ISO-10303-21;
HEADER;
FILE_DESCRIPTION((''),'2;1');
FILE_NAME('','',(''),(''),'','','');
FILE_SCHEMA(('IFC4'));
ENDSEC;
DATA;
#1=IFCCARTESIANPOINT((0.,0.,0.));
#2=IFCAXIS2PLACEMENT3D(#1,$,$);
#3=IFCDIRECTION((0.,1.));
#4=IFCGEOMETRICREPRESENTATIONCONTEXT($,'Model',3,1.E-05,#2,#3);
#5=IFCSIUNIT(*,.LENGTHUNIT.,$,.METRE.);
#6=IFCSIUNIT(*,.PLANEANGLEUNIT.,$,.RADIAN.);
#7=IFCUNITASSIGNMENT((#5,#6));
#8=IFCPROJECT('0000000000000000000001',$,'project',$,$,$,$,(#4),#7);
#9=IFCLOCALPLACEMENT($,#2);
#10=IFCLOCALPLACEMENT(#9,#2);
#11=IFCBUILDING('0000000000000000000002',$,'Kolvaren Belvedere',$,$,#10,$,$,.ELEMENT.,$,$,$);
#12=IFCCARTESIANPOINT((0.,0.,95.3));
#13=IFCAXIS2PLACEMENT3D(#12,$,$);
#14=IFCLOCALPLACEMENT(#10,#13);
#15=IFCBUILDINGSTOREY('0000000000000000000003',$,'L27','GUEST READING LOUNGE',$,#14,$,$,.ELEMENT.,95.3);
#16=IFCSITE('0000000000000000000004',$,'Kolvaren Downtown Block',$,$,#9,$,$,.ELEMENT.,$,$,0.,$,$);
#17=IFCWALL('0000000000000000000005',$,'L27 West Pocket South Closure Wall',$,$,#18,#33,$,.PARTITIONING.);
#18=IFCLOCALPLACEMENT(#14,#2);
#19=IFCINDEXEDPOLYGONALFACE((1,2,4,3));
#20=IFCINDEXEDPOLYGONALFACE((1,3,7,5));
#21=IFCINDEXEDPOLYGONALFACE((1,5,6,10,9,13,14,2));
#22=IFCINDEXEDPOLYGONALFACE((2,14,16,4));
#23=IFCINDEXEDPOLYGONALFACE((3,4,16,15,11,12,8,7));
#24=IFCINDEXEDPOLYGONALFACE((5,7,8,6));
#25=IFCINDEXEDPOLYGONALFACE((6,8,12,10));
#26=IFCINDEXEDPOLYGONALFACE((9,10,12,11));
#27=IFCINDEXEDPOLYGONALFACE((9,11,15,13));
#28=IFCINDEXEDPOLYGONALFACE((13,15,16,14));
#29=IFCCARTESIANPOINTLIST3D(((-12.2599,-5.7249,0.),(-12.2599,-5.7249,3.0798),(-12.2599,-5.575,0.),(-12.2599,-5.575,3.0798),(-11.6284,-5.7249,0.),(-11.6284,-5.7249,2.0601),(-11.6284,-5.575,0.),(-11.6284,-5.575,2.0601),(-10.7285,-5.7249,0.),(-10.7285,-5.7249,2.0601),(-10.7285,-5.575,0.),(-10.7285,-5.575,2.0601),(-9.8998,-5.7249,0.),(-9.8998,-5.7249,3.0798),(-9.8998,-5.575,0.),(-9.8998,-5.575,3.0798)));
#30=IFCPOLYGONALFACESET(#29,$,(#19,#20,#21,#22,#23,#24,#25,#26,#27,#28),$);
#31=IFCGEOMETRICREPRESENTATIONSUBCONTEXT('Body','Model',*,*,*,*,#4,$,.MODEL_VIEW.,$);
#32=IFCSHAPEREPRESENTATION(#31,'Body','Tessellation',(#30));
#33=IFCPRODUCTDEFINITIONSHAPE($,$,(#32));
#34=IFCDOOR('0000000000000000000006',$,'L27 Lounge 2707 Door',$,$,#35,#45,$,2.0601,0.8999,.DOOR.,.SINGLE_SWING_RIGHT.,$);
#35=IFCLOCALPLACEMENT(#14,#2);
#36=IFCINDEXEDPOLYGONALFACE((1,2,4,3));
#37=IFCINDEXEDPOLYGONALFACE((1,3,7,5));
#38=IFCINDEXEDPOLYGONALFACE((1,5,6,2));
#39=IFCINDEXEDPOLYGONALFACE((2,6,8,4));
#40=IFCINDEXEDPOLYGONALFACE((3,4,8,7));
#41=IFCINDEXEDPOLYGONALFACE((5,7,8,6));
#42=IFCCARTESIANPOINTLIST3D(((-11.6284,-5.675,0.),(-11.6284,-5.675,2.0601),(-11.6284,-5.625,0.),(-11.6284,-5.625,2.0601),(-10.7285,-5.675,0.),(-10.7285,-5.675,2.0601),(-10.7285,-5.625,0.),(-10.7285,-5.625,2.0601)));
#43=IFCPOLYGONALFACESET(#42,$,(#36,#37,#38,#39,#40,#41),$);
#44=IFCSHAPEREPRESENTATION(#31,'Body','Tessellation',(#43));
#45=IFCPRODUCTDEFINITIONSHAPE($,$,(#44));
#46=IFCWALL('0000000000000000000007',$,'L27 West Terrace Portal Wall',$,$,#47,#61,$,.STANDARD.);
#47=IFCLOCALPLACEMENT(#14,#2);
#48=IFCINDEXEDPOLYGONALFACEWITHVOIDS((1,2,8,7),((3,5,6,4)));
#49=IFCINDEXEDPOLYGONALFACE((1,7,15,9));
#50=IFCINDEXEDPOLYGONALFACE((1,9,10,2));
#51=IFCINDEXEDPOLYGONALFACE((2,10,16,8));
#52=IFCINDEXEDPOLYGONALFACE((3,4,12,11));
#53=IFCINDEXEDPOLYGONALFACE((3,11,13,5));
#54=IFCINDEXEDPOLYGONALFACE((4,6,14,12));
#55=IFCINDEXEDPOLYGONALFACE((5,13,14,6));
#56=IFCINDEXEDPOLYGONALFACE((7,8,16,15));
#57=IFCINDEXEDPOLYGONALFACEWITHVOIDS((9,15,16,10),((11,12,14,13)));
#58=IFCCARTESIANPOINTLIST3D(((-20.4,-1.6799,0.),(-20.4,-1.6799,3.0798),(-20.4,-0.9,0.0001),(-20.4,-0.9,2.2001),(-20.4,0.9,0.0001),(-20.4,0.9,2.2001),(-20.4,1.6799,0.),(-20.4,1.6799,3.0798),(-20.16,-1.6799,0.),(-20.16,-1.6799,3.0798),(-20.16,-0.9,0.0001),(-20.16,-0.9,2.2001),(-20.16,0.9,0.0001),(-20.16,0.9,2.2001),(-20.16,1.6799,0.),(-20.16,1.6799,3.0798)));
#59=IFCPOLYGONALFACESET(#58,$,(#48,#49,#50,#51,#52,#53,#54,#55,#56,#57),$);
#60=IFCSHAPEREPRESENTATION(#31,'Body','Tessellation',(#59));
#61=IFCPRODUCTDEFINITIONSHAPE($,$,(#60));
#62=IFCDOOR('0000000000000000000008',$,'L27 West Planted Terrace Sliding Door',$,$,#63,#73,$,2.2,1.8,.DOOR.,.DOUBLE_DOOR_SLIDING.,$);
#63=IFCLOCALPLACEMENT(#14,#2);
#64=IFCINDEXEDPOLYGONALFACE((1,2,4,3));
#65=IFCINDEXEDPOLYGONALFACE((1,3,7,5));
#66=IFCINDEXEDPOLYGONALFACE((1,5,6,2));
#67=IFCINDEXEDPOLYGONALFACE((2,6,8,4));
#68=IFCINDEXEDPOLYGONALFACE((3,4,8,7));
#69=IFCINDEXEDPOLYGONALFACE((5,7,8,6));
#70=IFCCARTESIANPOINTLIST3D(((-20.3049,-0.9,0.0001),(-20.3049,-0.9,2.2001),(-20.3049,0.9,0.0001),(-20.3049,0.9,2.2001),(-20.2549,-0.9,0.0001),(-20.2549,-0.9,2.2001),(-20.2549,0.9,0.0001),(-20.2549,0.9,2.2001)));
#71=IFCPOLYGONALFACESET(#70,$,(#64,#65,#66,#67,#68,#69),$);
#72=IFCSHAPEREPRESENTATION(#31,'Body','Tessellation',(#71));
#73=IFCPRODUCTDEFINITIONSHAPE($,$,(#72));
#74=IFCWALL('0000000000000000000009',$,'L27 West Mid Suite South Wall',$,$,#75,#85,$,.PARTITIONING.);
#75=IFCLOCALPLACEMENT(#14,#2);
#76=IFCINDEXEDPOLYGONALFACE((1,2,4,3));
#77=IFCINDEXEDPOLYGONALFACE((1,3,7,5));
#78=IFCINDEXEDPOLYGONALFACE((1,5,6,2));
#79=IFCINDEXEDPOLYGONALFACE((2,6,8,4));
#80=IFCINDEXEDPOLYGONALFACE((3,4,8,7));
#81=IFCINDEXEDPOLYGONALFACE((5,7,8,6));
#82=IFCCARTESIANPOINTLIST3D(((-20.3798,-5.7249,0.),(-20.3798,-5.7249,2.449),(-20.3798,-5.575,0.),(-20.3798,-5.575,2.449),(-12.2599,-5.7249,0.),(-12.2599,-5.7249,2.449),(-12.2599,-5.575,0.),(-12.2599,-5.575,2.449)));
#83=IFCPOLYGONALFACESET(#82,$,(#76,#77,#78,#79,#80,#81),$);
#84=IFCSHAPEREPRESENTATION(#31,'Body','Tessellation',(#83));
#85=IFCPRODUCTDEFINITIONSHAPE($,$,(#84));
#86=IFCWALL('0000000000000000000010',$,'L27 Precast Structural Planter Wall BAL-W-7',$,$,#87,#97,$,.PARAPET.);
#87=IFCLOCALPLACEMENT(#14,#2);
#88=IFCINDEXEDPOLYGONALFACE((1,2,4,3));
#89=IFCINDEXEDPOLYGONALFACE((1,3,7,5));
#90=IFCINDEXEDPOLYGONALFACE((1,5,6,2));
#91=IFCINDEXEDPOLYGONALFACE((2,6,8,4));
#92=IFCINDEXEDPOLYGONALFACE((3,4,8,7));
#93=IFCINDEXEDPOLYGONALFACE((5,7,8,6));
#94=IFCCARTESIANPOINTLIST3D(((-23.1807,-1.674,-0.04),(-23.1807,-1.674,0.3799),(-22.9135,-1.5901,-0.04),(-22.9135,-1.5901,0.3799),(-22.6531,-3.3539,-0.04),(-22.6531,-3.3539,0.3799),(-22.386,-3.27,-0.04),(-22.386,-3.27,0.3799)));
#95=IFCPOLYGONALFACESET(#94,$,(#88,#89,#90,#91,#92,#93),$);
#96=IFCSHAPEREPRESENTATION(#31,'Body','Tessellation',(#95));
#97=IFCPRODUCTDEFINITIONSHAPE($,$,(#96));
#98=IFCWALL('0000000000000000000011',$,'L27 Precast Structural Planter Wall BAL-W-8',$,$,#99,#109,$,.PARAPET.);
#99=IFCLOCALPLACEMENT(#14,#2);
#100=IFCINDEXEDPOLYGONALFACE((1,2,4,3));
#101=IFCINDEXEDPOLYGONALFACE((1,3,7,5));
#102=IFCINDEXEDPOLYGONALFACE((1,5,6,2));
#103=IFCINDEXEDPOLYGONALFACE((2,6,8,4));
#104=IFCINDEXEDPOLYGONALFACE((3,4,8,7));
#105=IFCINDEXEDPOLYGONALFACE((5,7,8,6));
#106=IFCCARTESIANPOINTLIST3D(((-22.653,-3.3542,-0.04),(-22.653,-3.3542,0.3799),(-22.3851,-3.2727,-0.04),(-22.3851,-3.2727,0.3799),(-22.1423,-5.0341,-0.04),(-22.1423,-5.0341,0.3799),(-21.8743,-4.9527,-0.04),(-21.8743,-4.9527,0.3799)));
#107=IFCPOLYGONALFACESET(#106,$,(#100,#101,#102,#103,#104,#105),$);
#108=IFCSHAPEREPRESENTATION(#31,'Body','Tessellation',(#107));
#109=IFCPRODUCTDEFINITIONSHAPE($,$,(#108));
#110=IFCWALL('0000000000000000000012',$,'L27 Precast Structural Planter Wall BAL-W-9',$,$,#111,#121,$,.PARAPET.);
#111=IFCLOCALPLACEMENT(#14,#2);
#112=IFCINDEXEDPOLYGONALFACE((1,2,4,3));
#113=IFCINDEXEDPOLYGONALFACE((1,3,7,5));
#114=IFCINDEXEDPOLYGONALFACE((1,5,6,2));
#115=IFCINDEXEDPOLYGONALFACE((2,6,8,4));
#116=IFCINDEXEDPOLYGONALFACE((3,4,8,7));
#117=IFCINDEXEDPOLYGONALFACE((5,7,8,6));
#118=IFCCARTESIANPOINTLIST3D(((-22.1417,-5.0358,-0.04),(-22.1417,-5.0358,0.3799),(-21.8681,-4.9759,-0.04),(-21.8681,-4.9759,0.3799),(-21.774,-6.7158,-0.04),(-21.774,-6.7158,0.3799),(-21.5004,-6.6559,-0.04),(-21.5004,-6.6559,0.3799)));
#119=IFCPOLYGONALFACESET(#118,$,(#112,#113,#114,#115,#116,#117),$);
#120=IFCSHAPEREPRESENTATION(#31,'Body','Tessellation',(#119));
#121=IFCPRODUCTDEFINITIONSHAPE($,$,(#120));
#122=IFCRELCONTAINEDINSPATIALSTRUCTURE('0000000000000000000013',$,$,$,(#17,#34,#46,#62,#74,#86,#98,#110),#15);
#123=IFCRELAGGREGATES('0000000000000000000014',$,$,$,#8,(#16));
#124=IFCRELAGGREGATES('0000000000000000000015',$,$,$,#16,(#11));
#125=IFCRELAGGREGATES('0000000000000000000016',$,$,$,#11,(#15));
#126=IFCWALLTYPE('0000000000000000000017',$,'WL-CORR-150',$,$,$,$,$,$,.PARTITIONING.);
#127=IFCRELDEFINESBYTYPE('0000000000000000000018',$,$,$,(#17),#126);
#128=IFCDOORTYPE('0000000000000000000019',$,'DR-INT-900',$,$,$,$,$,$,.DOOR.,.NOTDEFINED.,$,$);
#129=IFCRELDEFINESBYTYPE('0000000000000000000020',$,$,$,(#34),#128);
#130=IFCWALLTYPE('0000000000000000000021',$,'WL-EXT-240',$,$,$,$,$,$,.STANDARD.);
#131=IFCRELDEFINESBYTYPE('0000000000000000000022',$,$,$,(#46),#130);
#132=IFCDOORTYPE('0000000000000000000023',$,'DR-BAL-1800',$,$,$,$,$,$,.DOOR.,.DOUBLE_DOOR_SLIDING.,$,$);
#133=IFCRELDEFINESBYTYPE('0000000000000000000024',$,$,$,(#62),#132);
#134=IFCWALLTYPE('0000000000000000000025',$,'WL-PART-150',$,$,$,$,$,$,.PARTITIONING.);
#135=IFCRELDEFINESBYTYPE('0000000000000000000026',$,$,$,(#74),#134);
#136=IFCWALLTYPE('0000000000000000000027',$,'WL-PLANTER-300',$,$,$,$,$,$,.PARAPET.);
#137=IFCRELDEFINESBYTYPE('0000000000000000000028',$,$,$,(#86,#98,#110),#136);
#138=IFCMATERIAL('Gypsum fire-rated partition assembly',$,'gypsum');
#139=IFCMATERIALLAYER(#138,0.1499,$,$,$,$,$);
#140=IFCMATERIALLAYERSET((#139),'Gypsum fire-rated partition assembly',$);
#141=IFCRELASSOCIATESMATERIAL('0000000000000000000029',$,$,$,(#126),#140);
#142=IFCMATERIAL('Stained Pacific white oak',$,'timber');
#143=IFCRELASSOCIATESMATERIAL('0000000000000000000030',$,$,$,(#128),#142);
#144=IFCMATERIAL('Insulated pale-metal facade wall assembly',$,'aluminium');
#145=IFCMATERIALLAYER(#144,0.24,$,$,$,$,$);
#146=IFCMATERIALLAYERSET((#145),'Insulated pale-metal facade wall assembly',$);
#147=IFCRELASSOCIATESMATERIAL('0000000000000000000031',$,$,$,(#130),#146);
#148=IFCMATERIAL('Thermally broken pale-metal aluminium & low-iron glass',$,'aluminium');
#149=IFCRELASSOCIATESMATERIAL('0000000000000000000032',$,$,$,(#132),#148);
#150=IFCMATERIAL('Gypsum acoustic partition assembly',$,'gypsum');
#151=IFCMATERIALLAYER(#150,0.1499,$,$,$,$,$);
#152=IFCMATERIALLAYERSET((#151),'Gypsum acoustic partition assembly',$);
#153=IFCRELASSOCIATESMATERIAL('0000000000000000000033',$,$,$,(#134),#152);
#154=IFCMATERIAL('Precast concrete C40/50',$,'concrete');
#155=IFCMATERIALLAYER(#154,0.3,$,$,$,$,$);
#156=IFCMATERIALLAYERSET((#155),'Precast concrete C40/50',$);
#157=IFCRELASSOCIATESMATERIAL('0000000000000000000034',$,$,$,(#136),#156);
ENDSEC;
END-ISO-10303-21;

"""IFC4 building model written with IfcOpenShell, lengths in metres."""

from ifc_helpers import new_model, si_unit, direction, frame, frame_2d, origin, place, context, subcontext, project, spatial, rectangle, extrude, material, layer, layer_set, type_object, element, fill, save


model = new_model("IFC4")

# Units and contexts
model_context = context("Model", 3, precision=1e-05, world=origin(), true_north=direction((0.0, 1.0)))
body_context = subcontext(model_context, "Body", "Model", "MODEL_VIEW")
ifc_project = project(units=[si_unit("LENGTHUNIT", "METRE"), si_unit("PLANEANGLEUNIT", "RADIAN")], contexts=[model_context])

# Site, building, storey
site_placement = place(None, origin())
site = spatial("IfcSite", under=ifc_project, at=site_placement, Name="Kolvaren Downtown Block", CompositionType="ELEMENT", RefElevation=0.0)
building_placement = place(site_placement, origin())
building = spatial("IfcBuilding", under=site, at=building_placement, Name="Kolvaren Belvedere", CompositionType="ELEMENT")
storey_placement = place(building_placement, frame((0.0, 0.0, 95.3)))
storey = spatial("IfcBuildingStorey", under=building, at=storey_placement, Name="L27", Description="GUEST READING LOUNGE", CompositionType="ELEMENT", Elevation=95.3)

# Walls, openings, doors
ifc_material_1 = material(Name="Gypsum fire-rated partition assembly", Category="gypsum")
ifc_layer_1 = layer(ifc_material_1, 0.1499)
ifc_layer_set_1 = layer_set([ifc_layer_1], Name="Gypsum fire-rated partition assembly")
wall_type_1 = type_object("IfcWallType", Name="WL-CORR-150", PredefinedType="PARTITIONING", material=ifc_layer_set_1)
ifc_material_2 = material(Name="Stained Pacific white oak", Category="timber")
door_type_1 = type_object("IfcDoorType", Name="DR-INT-900", OperationType="NOTDEFINED", PredefinedType="DOOR", material=ifc_material_2)
wall_1_placement = place(storey_placement, frame((-12.26, -5.6499, 0.0), z_axis=(0.0, 0.0, 1.0), x_axis=(1.0, 0.0, 0.0)))
wall_1 = element("IfcWall", 1, at=wall_1_placement, inside=storey, type_object=wall_type_1, Name="L27 West Pocket South Closure Wall", PredefinedType="PARTITIONING", context=body_context, shape_type="SweptSolid", body=[
    extrude(rectangle(XDim=2.3601, YDim=0.1499, at=frame_2d((1.1802, 0.0))), origin(), (0.0, 0.0, 1.0), 3.0798),
])
opening_1_placement = place(wall_1_placement, frame((0.6316, 0.0, 0.0)))
opening_1 = element("IfcOpeningElement", 2, at=opening_1_placement, cuts=wall_1, PredefinedType="OPENING", context=body_context, shape_type="SweptSolid", body=[
    extrude(rectangle(XDim=0.8999, YDim=2.0601, at=frame_2d((0.45, 1.03))), frame((0.0, 0.085, 0.0), z_axis=(0.0, -1.0, 0.0), x_axis=(1.0, 0.0, 0.0)), (0.0, 0.0, 1.0), 0.1699),
])
door_1_placement = place(opening_1_placement, origin())
door_1 = element("IfcDoor", 3, at=door_1_placement, inside=storey, type_object=door_type_1, Name="L27 Lounge 2707 Door", OperationType="SINGLE_SWING_RIGHT", OverallHeight=2.0601, OverallWidth=0.8999, PredefinedType="DOOR", context=body_context, shape_type="SweptSolid", body=[
    extrude(rectangle(XDim=0.8999, YDim=2.0601, at=frame_2d((0.45, 1.03))), frame((0.0, 0.0249, 0.0), z_axis=(0.0, -1.0, 0.0), x_axis=(1.0, 0.0, 0.0)), (0.0, 0.0, 1.0), 0.05),
])
fill(opening_1, door_1)
ifc_material_3 = material(Name="Insulated pale-metal facade wall assembly", Category="aluminium")
ifc_layer_2 = layer(ifc_material_3, 0.24)
ifc_layer_set_2 = layer_set([ifc_layer_2], Name="Insulated pale-metal facade wall assembly")
wall_type_2 = type_object("IfcWallType", Name="WL-EXT-240", PredefinedType="STANDARD", material=ifc_layer_set_2)
wall_2_placement = place(storey_placement, frame((-20.28, -1.6799, 0.0), z_axis=(0.0, 0.0, 1.0), x_axis=(0.0, 1.0, 0.0)))
wall_2 = element("IfcWall", 4, at=wall_2_placement, inside=storey, type_object=wall_type_2, Name="L27 West Terrace Portal Wall", PredefinedType="STANDARD", context=body_context, shape_type="SweptSolid", body=[
    extrude(rectangle(XDim=3.3599, YDim=0.24, at=frame_2d((1.6799, 0.0))), origin(), (0.0, 0.0, 1.0), 3.0798),
])
opening_2_placement = place(wall_2_placement, frame((0.78, 0.0, 0.0)))
opening_2 = element("IfcOpeningElement", 5, at=opening_2_placement, cuts=wall_2, PredefinedType="OPENING", context=body_context, shape_type="SweptSolid", body=[
    extrude(rectangle(XDim=1.8, YDim=2.2, at=frame_2d((0.8999, 1.1001))), frame((0.0, 0.1299, 0.0), z_axis=(0.0, -1.0, 0.0), x_axis=(1.0, 0.0, 0.0)), (0.0, 0.0, 1.0), 0.26),
])
ifc_material_4 = material(Name="Thermally broken pale-metal aluminium & low-iron glass", Category="aluminium")
door_type_2 = type_object("IfcDoorType", Name="DR-BAL-1800", OperationType="DOUBLE_DOOR_SLIDING", PredefinedType="DOOR", material=ifc_material_4)
door_2_placement = place(opening_2_placement, origin())
door_2 = element("IfcDoor", 6, at=door_2_placement, inside=storey, type_object=door_type_2, Name="L27 West Planted Terrace Sliding Door", OperationType="DOUBLE_DOOR_SLIDING", OverallHeight=2.2, OverallWidth=1.8, PredefinedType="DOOR", context=body_context, shape_type="SweptSolid", body=[
    extrude(rectangle(XDim=1.8, YDim=2.2, at=frame_2d((0.8999, 1.1001))), frame((0.0, 0.0249, 0.0), z_axis=(0.0, -1.0, 0.0), x_axis=(1.0, 0.0, 0.0)), (0.0, 0.0, 1.0), 0.05),
])
fill(opening_2, door_2)

# Walls
ifc_material_5 = material(Name="Gypsum acoustic partition assembly", Category="gypsum")
ifc_layer_3 = layer(ifc_material_5, 0.1499)
ifc_layer_set_3 = layer_set([ifc_layer_3], Name="Gypsum acoustic partition assembly")
wall_type_3 = type_object("IfcWallType", Name="WL-PART-150", PredefinedType="PARTITIONING", material=ifc_layer_set_3)
wall_3_placement = place(storey_placement, frame((-20.3799, -5.6499, 0.0), z_axis=(0.0, 0.0, 1.0), x_axis=(1.0, 0.0, 0.0)))
element("IfcWall", 7, at=wall_3_placement, inside=storey, type_object=wall_type_3, Name="L27 West Mid Suite South Wall", PredefinedType="PARTITIONING", context=body_context, shape_type="SweptSolid", body=[
    extrude(rectangle(XDim=8.1199, YDim=0.1499, at=frame_2d((4.0601, 0.0))), origin(), (0.0, 0.0, 1.0), 2.449),
])
ifc_material_6 = material(Name="Precast concrete C40/50", Category="concrete")
ifc_layer_4 = layer(ifc_material_6, 0.3)
ifc_layer_set_4 = layer_set([ifc_layer_4], Name="Precast concrete C40/50")
wall_type_4 = type_object("IfcWallType", Name="WL-PLANTER-300", PredefinedType="PARAPET", material=ifc_layer_set_4)
wall_4_placement = place(storey_placement, frame((-23.0471, -1.6321, -0.04), z_axis=(0.0, 0.0, 1.0), x_axis=(0.299625, -0.954057, 0.0)))
element("IfcWall", 8, at=wall_4_placement, inside=storey, type_object=wall_type_4, Name="L27 Precast Structural Planter Wall BAL-W-7", PredefinedType="PARAPET", context=body_context, shape_type="SweptSolid", body=[
    extrude(rectangle(XDim=1.7607, YDim=0.28, at=frame_2d((0.8804, 0.0))), origin(), (0.0, 0.0, 1.0), 0.4199),
])
wall_5_placement = place(storey_placement, frame((-22.519, -3.3135, -0.04), z_axis=(0.0, 0.0, 1.0), x_axis=(0.290879, -0.95676, 0.0)))
element("IfcWall", 9, at=wall_5_placement, inside=storey, type_object=wall_type_4, Name="L27 Precast Structural Planter Wall BAL-W-8", PredefinedType="PARAPET", context=body_context, shape_type="SweptSolid", body=[
    extrude(rectangle(XDim=1.7559, YDim=0.28, at=frame_2d((0.8779, 0.0))), origin(), (0.0, 0.0, 1.0), 0.4199),
])
wall_6_placement = place(storey_placement, frame((-22.0049, -5.0059, -0.04), z_axis=(0.0, 0.0, 1.0), x_axis=(0.213803, -0.976877, 0.0)))
element("IfcWall", 10, at=wall_6_placement, inside=storey, type_object=wall_type_4, Name="L27 Precast Structural Planter Wall BAL-W-9", PredefinedType="PARAPET", context=body_context, shape_type="SweptSolid", body=[
    extrude(rectangle(XDim=1.7197, YDim=0.28, at=frame_2d((0.8599, 0.0))), origin(), (0.0, 0.0, 1.0), 0.4199),
])

save(model, "model.ifc")
